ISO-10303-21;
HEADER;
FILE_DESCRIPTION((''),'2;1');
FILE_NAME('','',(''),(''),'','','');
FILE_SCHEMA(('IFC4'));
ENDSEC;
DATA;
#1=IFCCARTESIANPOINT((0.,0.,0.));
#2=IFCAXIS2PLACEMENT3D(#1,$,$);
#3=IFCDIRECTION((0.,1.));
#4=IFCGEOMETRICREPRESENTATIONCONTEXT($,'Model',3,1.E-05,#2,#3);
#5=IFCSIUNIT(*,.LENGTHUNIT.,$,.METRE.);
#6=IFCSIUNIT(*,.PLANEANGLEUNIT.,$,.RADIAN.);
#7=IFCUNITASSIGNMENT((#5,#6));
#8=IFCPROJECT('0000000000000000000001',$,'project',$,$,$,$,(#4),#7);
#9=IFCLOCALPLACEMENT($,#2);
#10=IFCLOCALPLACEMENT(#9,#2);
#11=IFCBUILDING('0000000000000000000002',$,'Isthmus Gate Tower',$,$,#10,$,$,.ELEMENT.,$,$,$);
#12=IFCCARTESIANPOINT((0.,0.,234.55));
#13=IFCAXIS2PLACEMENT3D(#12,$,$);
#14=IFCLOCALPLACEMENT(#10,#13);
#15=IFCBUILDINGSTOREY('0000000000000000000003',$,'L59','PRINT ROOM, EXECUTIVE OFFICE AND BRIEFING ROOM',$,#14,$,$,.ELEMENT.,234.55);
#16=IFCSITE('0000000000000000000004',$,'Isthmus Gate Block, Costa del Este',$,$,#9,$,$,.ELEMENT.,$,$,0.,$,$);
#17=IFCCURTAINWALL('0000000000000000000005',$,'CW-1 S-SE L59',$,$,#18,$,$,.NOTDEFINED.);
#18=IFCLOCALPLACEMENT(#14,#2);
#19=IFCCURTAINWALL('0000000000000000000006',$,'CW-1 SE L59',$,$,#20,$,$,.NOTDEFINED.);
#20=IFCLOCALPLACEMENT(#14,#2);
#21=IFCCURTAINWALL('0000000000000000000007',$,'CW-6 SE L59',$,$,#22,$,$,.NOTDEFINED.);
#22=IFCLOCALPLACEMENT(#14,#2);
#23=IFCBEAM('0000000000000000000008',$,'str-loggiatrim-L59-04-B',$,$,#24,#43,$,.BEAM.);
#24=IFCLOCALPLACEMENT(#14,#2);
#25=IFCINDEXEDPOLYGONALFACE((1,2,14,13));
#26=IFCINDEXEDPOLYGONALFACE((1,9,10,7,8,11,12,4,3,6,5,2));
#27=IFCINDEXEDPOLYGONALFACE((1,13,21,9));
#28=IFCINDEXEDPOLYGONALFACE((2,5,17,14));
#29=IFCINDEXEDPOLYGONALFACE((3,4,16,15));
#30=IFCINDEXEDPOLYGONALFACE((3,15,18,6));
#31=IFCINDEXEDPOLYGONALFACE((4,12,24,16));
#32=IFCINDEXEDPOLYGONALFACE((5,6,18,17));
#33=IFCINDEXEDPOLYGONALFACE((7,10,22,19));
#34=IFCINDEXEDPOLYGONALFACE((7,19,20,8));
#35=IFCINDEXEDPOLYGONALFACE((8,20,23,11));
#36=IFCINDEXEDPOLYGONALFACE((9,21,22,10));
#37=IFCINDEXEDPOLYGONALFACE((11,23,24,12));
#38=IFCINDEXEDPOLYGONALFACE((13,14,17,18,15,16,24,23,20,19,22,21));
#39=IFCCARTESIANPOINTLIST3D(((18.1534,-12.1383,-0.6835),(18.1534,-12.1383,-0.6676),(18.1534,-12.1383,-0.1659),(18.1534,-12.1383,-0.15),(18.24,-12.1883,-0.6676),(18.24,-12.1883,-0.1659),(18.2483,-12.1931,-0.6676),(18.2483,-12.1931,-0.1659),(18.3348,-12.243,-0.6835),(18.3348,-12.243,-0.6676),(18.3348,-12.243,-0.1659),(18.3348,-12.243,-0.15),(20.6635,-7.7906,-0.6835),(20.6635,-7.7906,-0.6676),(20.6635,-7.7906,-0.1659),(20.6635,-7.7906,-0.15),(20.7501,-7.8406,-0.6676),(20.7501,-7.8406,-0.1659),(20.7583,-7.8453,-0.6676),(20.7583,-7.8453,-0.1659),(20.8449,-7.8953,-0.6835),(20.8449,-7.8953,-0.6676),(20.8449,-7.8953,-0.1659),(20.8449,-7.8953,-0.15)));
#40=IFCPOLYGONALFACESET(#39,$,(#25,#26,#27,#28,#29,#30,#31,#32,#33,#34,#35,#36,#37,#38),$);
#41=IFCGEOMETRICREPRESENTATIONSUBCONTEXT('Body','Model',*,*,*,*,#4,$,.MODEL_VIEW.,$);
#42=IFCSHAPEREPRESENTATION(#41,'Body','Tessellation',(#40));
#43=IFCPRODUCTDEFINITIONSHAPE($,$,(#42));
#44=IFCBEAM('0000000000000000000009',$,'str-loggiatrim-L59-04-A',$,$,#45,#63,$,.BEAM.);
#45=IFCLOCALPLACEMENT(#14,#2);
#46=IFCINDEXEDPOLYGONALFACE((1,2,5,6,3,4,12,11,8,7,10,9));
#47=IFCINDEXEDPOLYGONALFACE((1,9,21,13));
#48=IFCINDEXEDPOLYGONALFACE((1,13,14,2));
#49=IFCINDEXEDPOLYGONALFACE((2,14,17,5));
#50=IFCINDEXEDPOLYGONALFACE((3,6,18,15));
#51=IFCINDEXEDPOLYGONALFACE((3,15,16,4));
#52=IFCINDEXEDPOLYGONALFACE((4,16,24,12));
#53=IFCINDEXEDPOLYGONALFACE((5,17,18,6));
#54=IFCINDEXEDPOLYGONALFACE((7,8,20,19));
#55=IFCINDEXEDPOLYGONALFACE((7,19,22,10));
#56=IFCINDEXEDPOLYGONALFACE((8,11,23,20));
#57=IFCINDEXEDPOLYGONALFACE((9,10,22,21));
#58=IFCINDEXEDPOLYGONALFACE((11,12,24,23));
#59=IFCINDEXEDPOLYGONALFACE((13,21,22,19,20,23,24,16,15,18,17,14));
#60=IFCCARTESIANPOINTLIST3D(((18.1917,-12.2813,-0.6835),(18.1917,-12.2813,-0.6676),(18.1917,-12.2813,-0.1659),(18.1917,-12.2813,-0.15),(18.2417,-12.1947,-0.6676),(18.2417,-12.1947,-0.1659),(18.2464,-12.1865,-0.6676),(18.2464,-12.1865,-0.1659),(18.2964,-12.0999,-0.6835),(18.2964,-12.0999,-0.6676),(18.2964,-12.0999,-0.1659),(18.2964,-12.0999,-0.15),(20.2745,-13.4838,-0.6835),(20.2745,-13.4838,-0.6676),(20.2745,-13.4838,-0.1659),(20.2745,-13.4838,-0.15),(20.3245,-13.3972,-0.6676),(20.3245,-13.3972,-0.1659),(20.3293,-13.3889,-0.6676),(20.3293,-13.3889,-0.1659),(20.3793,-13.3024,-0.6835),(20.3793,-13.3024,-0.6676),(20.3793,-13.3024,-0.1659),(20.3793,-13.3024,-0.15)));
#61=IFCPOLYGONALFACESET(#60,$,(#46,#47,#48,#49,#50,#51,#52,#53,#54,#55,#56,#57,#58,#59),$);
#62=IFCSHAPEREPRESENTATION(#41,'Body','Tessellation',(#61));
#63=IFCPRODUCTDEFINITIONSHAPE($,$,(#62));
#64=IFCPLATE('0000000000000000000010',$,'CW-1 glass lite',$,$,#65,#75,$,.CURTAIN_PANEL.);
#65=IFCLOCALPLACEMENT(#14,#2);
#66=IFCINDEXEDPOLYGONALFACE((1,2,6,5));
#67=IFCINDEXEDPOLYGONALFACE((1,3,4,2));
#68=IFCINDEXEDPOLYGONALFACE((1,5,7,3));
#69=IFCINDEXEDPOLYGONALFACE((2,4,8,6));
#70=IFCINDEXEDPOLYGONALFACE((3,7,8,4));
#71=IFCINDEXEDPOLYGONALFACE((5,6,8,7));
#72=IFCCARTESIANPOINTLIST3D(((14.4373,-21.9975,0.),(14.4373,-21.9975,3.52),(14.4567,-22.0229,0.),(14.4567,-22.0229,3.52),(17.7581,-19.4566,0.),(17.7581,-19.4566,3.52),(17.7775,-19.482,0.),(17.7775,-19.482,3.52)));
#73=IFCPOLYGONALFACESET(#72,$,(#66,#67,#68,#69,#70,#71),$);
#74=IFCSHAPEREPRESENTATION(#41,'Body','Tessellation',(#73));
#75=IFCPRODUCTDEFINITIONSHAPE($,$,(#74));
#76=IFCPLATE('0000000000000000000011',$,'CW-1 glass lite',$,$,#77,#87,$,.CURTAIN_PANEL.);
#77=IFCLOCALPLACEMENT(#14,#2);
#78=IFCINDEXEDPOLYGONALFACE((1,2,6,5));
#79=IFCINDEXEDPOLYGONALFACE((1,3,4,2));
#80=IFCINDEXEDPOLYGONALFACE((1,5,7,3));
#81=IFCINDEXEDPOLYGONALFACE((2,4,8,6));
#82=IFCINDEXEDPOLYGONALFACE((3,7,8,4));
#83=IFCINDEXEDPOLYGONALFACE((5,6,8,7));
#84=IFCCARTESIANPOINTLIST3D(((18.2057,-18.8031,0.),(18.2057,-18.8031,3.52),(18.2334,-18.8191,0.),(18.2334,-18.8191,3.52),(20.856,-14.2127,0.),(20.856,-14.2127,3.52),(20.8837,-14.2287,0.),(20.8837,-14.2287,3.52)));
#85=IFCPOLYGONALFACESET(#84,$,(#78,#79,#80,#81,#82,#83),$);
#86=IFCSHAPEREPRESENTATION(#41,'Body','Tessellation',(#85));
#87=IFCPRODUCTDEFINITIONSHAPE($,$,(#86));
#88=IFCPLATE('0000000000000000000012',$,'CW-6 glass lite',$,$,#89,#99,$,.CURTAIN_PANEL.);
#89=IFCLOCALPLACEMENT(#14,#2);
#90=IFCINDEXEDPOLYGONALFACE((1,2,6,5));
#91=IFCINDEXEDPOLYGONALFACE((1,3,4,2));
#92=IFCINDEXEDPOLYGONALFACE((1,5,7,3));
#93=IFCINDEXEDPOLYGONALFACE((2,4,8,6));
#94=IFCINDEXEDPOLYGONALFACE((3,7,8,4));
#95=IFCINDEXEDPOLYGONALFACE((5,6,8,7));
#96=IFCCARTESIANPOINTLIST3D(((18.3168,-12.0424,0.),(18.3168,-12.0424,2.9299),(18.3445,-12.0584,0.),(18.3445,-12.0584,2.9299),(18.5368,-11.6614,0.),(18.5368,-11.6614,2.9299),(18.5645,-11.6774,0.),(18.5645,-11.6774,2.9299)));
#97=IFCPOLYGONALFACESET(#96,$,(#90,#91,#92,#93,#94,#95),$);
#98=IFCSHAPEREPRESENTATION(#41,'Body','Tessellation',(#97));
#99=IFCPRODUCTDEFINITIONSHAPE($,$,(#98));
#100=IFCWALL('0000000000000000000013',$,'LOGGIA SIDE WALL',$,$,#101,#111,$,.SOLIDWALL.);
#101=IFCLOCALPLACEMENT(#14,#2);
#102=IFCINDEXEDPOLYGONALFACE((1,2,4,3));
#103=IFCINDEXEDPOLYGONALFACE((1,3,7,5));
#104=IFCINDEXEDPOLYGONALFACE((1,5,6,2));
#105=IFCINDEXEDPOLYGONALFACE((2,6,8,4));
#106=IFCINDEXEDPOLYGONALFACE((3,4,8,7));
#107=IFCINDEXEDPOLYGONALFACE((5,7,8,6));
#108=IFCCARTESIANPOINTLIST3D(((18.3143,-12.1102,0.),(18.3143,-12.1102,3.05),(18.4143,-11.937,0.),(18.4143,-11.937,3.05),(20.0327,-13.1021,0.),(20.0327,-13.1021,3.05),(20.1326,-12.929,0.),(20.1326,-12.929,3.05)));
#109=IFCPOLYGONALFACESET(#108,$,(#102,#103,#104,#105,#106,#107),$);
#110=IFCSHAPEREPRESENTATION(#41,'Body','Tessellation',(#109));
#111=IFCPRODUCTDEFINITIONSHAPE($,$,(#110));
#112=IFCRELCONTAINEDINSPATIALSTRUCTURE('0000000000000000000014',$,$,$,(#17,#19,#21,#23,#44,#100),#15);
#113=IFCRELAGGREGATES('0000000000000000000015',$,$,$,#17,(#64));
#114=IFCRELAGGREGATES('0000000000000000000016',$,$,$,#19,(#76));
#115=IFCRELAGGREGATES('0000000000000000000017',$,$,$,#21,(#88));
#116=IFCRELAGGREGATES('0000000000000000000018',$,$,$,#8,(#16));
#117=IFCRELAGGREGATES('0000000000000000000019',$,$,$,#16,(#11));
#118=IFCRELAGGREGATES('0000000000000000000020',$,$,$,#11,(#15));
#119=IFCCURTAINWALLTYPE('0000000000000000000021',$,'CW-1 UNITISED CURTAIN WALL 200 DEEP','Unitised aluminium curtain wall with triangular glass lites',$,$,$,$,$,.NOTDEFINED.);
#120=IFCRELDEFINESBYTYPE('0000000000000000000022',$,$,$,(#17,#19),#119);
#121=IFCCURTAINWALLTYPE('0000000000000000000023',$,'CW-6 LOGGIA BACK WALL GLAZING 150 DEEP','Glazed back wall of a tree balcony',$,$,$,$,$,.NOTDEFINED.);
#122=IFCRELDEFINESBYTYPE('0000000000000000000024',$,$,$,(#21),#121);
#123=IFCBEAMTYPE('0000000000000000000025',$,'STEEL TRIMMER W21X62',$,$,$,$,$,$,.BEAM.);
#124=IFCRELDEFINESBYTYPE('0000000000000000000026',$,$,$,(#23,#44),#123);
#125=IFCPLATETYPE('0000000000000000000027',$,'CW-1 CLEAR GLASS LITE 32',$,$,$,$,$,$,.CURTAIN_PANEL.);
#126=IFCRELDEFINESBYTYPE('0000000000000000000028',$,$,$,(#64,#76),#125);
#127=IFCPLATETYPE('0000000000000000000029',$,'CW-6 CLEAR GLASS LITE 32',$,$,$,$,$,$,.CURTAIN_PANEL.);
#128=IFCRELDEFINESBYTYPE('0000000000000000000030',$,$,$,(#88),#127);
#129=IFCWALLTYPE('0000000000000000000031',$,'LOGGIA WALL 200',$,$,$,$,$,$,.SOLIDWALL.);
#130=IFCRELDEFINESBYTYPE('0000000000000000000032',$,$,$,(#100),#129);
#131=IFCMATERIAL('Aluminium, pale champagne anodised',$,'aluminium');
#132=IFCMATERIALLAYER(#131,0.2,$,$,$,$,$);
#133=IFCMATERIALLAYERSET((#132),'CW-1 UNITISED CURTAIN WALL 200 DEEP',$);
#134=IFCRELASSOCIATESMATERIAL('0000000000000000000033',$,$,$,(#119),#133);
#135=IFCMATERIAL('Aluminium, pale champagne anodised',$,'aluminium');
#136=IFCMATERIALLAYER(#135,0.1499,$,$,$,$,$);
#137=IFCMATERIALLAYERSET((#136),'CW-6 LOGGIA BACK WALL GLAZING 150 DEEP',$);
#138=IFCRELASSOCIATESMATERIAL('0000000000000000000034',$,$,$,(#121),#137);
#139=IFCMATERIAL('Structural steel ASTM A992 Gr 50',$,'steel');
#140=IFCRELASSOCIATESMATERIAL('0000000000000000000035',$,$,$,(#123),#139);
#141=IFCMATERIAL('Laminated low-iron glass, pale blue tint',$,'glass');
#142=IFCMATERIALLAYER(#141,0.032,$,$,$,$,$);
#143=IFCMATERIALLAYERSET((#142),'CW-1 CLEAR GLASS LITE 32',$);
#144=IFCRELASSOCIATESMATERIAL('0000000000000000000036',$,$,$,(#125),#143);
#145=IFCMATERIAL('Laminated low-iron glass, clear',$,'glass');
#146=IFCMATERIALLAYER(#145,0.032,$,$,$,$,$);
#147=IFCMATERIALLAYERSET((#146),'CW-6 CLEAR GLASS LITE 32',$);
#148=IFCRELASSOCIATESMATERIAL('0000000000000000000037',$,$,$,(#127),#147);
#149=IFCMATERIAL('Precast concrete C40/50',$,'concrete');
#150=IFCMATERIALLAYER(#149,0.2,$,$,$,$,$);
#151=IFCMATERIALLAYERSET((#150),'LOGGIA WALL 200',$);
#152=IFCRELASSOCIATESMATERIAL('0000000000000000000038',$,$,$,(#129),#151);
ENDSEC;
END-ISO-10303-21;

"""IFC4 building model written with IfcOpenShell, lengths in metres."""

from ifc_helpers import new_model, si_unit, direction, frame, frame_2d, origin, origin_2d, place, context, subcontext, project, spatial, rectangle, i_section, extrude, material, layer, layer_set, material_profile, profile_set, type_object, element, aggregate, save


model = new_model("IFC4")

# Units and contexts
model_context = context("Model", 3, precision=1e-05, world=origin(), true_north=direction((0.0, 1.0)))
body_context = subcontext(model_context, "Body", "Model", "MODEL_VIEW")
ifc_project = project(units=[si_unit("LENGTHUNIT", "METRE"), si_unit("PLANEANGLEUNIT", "RADIAN")], contexts=[model_context])

# Site, building, storey
site_placement = place(None, origin())
site = spatial("IfcSite", under=ifc_project, at=site_placement, Name="Isthmus Gate Block, Costa del Este", CompositionType="ELEMENT", RefElevation=0.0)
building_placement = place(site_placement, origin())
building = spatial("IfcBuilding", under=site, at=building_placement, Name="Isthmus Gate Tower", CompositionType="ELEMENT")
storey_placement = place(building_placement, frame((0.0, 0.0, 234.55)))
storey = spatial("IfcBuildingStorey", under=building, at=storey_placement, Name="L59", Description="PRINT ROOM, EXECUTIVE OFFICE AND BRIEFING ROOM", CompositionType="ELEMENT", Elevation=234.55)

# Curtain walls
ifc_material_1 = material(Name="Aluminium, pale champagne anodised", Category="aluminium")
ifc_layer_1 = layer(ifc_material_1, 0.2)
ifc_layer_set_1 = layer_set([ifc_layer_1], Name="CW-1 UNITISED CURTAIN WALL 200 DEEP")
curtain_wall_type_1 = type_object("IfcCurtainWallType", Name="CW-1 UNITISED CURTAIN WALL 200 DEEP", Description="Unitised aluminium curtain wall with triangular glass lites", PredefinedType="NOTDEFINED", material=ifc_layer_set_1)
curtain_wall_1_placement = place(storey_placement, origin())
curtain_wall_1 = element("IfcCurtainWall", 1, at=curtain_wall_1_placement, inside=storey, type_object=curtain_wall_type_1, Name="CW-1 S-SE L59", PredefinedType="NOTDEFINED")
curtain_wall_2_placement = place(storey_placement, origin())
curtain_wall_2 = element("IfcCurtainWall", 2, at=curtain_wall_2_placement, inside=storey, type_object=curtain_wall_type_1, Name="CW-1 SE L59", PredefinedType="NOTDEFINED")

# Curtain wall
ifc_material_2 = material(Name="Aluminium, pale champagne anodised", Category="aluminium")
ifc_layer_2 = layer(ifc_material_2, 0.1499)
ifc_layer_set_2 = layer_set([ifc_layer_2], Name="CW-6 LOGGIA BACK WALL GLAZING 150 DEEP")
curtain_wall_type_2 = type_object("IfcCurtainWallType", Name="CW-6 LOGGIA BACK WALL GLAZING 150 DEEP", Description="Glazed back wall of a tree balcony", PredefinedType="NOTDEFINED", material=ifc_layer_set_2)
curtain_wall_3_placement = place(storey_placement, origin())
curtain_wall_3 = element("IfcCurtainWall", 3, at=curtain_wall_3_placement, inside=storey, type_object=curtain_wall_type_2, Name="CW-6 SE L59", PredefinedType="NOTDEFINED")

# Beams
ifc_material_3 = material(Name="Structural steel ASTM A992 Gr 50", Category="steel")
ifc_material_profile_1 = material_profile(ifc_material_3, i_section(OverallWidth=0.2095, OverallDepth=0.5334, WebThickness=0.0095, FlangeThickness=0.0159, at=origin_2d()), Name="W21X62")
ifc_profile_set_1 = profile_set([ifc_material_profile_1], Name="Structural steel ASTM A992 Gr 50")
beam_type_1 = type_object("IfcBeamType", Name="STEEL TRIMMER W21X62", PredefinedType="BEAM", material=ifc_profile_set_1)
beam_1_placement = place(storey_placement, frame((18.2441, -12.1907, -0.4167), z_axis=(0.499983, 0.866035, 0.0), x_axis=(-0.866035, 0.499983, 0.0)))
element("IfcBeam", 4, at=beam_1_placement, inside=storey, type_object=beam_type_1, Name="str-loggiatrim-L59-04-B", PredefinedType="BEAM", context=body_context, shape_type="SweptSolid", body=[
    extrude(i_section(OverallWidth=0.2095, OverallDepth=0.5334, WebThickness=0.0095, FlangeThickness=0.0159, at=origin_2d()), origin(), (0.0, 0.0, 1.0), 5.0203),
])
beam_2_placement = place(storey_placement, frame((20.3269, -13.3931, -0.4167), z_axis=(-0.866042, 0.499971, 0.0), x_axis=(-0.499971, -0.866042, 0.0)))
element("IfcBeam", 5, at=beam_2_placement, inside=storey, type_object=beam_type_1, Name="str-loggiatrim-L59-04-A", PredefinedType="BEAM", context=body_context, shape_type="SweptSolid", body=[
    extrude(i_section(OverallWidth=0.2095, OverallDepth=0.5334, WebThickness=0.0095, FlangeThickness=0.0159, at=origin_2d()), origin(), (0.0, 0.0, 1.0), 2.405),
])

# Plates
ifc_material_4 = material(Name="Laminated low-iron glass, pale blue tint", Category="glass")
ifc_layer_3 = layer(ifc_material_4, 0.032)
ifc_layer_set_3 = layer_set([ifc_layer_3], Name="CW-1 CLEAR GLASS LITE 32")
plate_type_1 = type_object("IfcPlateType", Name="CW-1 CLEAR GLASS LITE 32", PredefinedType="CURTAIN_PANEL", material=ifc_layer_set_3)
plate_1_placement = place(storey_placement, frame((16.1074, -20.7397, 0.0), z_axis=(0.0, 0.0, 1.0), x_axis=(0.794189, 0.607671, 0.0)))
plate_1 = element("IfcPlate", 6, at=plate_1_placement, type_object=plate_type_1, Name="CW-1 glass lite", PredefinedType="CURTAIN_PANEL", context=body_context, shape_type="SweptSolid", body=[
    extrude(rectangle(XDim=4.1814, YDim=0.032, at=origin_2d()), origin(), (0.0, 0.0, 1.0), 3.52),
])
aggregate(curtain_wall_1, [plate_1])
plate_2_placement = place(storey_placement, frame((19.5447, -16.5159, 0.0), z_axis=(0.0, 0.0, 1.0), x_axis=(0.5, 0.866025, 0.0)))
plate_2 = element("IfcPlate", 7, at=plate_2_placement, type_object=plate_type_1, Name="CW-1 glass lite", PredefinedType="CURTAIN_PANEL", context=body_context, shape_type="SweptSolid", body=[
    extrude(rectangle(XDim=5.3005, YDim=0.032, at=origin_2d()), origin(), (0.0, 0.0, 1.0), 3.52),
])
aggregate(curtain_wall_2, [plate_2])
ifc_material_5 = material(Name="Laminated low-iron glass, clear", Category="glass")
ifc_layer_4 = layer(ifc_material_5, 0.032)
ifc_layer_set_4 = layer_set([ifc_layer_4], Name="CW-6 CLEAR GLASS LITE 32")
plate_type_2 = type_object("IfcPlateType", Name="CW-6 CLEAR GLASS LITE 32", PredefinedType="CURTAIN_PANEL", material=ifc_layer_set_4)
plate_3_placement = place(storey_placement, frame((18.4407, -11.8599, 0.0), z_axis=(0.0, 0.0, 1.0), x_axis=(0.5, 0.866025, 0.0)))
plate_3 = element("IfcPlate", 8, at=plate_3_placement, type_object=plate_type_2, Name="CW-6 glass lite", PredefinedType="CURTAIN_PANEL", context=body_context, shape_type="SweptSolid", body=[
    extrude(rectangle(XDim=0.4399, YDim=0.032, at=origin_2d()), origin(), (0.0, 0.0, 1.0), 2.9299),
])
aggregate(curtain_wall_3, [plate_3])

# Shared definitions
ifc_material_6 = material(Name="Precast concrete C40/50", Category="concrete")
ifc_layer_5 = layer(ifc_material_6, 0.2)
ifc_layer_set_5 = layer_set([ifc_layer_5], Name="LOGGIA WALL 200")
wall_type = type_object("IfcWallType", Name="LOGGIA WALL 200", PredefinedType="SOLIDWALL", material=ifc_layer_set_5)

# Wall
wall_1_placement = place(storey_placement, frame((20.0828, -13.0156, 0.0), z_axis=(0.0, 0.0, 1.0), x_axis=(-0.866046, 0.499964, 0.0)))
element("IfcWall", 9, at=wall_1_placement, inside=storey, type_object=wall_type, Name="LOGGIA SIDE WALL", PredefinedType="SOLIDWALL", context=body_context, shape_type="SweptSolid", body=[
    extrude(rectangle(XDim=1.9841, YDim=0.2, at=frame_2d((0.9922, 0.0))), origin(), (0.0, 0.0, 1.0), 3.05),
])

save(model, "model.ifc")
